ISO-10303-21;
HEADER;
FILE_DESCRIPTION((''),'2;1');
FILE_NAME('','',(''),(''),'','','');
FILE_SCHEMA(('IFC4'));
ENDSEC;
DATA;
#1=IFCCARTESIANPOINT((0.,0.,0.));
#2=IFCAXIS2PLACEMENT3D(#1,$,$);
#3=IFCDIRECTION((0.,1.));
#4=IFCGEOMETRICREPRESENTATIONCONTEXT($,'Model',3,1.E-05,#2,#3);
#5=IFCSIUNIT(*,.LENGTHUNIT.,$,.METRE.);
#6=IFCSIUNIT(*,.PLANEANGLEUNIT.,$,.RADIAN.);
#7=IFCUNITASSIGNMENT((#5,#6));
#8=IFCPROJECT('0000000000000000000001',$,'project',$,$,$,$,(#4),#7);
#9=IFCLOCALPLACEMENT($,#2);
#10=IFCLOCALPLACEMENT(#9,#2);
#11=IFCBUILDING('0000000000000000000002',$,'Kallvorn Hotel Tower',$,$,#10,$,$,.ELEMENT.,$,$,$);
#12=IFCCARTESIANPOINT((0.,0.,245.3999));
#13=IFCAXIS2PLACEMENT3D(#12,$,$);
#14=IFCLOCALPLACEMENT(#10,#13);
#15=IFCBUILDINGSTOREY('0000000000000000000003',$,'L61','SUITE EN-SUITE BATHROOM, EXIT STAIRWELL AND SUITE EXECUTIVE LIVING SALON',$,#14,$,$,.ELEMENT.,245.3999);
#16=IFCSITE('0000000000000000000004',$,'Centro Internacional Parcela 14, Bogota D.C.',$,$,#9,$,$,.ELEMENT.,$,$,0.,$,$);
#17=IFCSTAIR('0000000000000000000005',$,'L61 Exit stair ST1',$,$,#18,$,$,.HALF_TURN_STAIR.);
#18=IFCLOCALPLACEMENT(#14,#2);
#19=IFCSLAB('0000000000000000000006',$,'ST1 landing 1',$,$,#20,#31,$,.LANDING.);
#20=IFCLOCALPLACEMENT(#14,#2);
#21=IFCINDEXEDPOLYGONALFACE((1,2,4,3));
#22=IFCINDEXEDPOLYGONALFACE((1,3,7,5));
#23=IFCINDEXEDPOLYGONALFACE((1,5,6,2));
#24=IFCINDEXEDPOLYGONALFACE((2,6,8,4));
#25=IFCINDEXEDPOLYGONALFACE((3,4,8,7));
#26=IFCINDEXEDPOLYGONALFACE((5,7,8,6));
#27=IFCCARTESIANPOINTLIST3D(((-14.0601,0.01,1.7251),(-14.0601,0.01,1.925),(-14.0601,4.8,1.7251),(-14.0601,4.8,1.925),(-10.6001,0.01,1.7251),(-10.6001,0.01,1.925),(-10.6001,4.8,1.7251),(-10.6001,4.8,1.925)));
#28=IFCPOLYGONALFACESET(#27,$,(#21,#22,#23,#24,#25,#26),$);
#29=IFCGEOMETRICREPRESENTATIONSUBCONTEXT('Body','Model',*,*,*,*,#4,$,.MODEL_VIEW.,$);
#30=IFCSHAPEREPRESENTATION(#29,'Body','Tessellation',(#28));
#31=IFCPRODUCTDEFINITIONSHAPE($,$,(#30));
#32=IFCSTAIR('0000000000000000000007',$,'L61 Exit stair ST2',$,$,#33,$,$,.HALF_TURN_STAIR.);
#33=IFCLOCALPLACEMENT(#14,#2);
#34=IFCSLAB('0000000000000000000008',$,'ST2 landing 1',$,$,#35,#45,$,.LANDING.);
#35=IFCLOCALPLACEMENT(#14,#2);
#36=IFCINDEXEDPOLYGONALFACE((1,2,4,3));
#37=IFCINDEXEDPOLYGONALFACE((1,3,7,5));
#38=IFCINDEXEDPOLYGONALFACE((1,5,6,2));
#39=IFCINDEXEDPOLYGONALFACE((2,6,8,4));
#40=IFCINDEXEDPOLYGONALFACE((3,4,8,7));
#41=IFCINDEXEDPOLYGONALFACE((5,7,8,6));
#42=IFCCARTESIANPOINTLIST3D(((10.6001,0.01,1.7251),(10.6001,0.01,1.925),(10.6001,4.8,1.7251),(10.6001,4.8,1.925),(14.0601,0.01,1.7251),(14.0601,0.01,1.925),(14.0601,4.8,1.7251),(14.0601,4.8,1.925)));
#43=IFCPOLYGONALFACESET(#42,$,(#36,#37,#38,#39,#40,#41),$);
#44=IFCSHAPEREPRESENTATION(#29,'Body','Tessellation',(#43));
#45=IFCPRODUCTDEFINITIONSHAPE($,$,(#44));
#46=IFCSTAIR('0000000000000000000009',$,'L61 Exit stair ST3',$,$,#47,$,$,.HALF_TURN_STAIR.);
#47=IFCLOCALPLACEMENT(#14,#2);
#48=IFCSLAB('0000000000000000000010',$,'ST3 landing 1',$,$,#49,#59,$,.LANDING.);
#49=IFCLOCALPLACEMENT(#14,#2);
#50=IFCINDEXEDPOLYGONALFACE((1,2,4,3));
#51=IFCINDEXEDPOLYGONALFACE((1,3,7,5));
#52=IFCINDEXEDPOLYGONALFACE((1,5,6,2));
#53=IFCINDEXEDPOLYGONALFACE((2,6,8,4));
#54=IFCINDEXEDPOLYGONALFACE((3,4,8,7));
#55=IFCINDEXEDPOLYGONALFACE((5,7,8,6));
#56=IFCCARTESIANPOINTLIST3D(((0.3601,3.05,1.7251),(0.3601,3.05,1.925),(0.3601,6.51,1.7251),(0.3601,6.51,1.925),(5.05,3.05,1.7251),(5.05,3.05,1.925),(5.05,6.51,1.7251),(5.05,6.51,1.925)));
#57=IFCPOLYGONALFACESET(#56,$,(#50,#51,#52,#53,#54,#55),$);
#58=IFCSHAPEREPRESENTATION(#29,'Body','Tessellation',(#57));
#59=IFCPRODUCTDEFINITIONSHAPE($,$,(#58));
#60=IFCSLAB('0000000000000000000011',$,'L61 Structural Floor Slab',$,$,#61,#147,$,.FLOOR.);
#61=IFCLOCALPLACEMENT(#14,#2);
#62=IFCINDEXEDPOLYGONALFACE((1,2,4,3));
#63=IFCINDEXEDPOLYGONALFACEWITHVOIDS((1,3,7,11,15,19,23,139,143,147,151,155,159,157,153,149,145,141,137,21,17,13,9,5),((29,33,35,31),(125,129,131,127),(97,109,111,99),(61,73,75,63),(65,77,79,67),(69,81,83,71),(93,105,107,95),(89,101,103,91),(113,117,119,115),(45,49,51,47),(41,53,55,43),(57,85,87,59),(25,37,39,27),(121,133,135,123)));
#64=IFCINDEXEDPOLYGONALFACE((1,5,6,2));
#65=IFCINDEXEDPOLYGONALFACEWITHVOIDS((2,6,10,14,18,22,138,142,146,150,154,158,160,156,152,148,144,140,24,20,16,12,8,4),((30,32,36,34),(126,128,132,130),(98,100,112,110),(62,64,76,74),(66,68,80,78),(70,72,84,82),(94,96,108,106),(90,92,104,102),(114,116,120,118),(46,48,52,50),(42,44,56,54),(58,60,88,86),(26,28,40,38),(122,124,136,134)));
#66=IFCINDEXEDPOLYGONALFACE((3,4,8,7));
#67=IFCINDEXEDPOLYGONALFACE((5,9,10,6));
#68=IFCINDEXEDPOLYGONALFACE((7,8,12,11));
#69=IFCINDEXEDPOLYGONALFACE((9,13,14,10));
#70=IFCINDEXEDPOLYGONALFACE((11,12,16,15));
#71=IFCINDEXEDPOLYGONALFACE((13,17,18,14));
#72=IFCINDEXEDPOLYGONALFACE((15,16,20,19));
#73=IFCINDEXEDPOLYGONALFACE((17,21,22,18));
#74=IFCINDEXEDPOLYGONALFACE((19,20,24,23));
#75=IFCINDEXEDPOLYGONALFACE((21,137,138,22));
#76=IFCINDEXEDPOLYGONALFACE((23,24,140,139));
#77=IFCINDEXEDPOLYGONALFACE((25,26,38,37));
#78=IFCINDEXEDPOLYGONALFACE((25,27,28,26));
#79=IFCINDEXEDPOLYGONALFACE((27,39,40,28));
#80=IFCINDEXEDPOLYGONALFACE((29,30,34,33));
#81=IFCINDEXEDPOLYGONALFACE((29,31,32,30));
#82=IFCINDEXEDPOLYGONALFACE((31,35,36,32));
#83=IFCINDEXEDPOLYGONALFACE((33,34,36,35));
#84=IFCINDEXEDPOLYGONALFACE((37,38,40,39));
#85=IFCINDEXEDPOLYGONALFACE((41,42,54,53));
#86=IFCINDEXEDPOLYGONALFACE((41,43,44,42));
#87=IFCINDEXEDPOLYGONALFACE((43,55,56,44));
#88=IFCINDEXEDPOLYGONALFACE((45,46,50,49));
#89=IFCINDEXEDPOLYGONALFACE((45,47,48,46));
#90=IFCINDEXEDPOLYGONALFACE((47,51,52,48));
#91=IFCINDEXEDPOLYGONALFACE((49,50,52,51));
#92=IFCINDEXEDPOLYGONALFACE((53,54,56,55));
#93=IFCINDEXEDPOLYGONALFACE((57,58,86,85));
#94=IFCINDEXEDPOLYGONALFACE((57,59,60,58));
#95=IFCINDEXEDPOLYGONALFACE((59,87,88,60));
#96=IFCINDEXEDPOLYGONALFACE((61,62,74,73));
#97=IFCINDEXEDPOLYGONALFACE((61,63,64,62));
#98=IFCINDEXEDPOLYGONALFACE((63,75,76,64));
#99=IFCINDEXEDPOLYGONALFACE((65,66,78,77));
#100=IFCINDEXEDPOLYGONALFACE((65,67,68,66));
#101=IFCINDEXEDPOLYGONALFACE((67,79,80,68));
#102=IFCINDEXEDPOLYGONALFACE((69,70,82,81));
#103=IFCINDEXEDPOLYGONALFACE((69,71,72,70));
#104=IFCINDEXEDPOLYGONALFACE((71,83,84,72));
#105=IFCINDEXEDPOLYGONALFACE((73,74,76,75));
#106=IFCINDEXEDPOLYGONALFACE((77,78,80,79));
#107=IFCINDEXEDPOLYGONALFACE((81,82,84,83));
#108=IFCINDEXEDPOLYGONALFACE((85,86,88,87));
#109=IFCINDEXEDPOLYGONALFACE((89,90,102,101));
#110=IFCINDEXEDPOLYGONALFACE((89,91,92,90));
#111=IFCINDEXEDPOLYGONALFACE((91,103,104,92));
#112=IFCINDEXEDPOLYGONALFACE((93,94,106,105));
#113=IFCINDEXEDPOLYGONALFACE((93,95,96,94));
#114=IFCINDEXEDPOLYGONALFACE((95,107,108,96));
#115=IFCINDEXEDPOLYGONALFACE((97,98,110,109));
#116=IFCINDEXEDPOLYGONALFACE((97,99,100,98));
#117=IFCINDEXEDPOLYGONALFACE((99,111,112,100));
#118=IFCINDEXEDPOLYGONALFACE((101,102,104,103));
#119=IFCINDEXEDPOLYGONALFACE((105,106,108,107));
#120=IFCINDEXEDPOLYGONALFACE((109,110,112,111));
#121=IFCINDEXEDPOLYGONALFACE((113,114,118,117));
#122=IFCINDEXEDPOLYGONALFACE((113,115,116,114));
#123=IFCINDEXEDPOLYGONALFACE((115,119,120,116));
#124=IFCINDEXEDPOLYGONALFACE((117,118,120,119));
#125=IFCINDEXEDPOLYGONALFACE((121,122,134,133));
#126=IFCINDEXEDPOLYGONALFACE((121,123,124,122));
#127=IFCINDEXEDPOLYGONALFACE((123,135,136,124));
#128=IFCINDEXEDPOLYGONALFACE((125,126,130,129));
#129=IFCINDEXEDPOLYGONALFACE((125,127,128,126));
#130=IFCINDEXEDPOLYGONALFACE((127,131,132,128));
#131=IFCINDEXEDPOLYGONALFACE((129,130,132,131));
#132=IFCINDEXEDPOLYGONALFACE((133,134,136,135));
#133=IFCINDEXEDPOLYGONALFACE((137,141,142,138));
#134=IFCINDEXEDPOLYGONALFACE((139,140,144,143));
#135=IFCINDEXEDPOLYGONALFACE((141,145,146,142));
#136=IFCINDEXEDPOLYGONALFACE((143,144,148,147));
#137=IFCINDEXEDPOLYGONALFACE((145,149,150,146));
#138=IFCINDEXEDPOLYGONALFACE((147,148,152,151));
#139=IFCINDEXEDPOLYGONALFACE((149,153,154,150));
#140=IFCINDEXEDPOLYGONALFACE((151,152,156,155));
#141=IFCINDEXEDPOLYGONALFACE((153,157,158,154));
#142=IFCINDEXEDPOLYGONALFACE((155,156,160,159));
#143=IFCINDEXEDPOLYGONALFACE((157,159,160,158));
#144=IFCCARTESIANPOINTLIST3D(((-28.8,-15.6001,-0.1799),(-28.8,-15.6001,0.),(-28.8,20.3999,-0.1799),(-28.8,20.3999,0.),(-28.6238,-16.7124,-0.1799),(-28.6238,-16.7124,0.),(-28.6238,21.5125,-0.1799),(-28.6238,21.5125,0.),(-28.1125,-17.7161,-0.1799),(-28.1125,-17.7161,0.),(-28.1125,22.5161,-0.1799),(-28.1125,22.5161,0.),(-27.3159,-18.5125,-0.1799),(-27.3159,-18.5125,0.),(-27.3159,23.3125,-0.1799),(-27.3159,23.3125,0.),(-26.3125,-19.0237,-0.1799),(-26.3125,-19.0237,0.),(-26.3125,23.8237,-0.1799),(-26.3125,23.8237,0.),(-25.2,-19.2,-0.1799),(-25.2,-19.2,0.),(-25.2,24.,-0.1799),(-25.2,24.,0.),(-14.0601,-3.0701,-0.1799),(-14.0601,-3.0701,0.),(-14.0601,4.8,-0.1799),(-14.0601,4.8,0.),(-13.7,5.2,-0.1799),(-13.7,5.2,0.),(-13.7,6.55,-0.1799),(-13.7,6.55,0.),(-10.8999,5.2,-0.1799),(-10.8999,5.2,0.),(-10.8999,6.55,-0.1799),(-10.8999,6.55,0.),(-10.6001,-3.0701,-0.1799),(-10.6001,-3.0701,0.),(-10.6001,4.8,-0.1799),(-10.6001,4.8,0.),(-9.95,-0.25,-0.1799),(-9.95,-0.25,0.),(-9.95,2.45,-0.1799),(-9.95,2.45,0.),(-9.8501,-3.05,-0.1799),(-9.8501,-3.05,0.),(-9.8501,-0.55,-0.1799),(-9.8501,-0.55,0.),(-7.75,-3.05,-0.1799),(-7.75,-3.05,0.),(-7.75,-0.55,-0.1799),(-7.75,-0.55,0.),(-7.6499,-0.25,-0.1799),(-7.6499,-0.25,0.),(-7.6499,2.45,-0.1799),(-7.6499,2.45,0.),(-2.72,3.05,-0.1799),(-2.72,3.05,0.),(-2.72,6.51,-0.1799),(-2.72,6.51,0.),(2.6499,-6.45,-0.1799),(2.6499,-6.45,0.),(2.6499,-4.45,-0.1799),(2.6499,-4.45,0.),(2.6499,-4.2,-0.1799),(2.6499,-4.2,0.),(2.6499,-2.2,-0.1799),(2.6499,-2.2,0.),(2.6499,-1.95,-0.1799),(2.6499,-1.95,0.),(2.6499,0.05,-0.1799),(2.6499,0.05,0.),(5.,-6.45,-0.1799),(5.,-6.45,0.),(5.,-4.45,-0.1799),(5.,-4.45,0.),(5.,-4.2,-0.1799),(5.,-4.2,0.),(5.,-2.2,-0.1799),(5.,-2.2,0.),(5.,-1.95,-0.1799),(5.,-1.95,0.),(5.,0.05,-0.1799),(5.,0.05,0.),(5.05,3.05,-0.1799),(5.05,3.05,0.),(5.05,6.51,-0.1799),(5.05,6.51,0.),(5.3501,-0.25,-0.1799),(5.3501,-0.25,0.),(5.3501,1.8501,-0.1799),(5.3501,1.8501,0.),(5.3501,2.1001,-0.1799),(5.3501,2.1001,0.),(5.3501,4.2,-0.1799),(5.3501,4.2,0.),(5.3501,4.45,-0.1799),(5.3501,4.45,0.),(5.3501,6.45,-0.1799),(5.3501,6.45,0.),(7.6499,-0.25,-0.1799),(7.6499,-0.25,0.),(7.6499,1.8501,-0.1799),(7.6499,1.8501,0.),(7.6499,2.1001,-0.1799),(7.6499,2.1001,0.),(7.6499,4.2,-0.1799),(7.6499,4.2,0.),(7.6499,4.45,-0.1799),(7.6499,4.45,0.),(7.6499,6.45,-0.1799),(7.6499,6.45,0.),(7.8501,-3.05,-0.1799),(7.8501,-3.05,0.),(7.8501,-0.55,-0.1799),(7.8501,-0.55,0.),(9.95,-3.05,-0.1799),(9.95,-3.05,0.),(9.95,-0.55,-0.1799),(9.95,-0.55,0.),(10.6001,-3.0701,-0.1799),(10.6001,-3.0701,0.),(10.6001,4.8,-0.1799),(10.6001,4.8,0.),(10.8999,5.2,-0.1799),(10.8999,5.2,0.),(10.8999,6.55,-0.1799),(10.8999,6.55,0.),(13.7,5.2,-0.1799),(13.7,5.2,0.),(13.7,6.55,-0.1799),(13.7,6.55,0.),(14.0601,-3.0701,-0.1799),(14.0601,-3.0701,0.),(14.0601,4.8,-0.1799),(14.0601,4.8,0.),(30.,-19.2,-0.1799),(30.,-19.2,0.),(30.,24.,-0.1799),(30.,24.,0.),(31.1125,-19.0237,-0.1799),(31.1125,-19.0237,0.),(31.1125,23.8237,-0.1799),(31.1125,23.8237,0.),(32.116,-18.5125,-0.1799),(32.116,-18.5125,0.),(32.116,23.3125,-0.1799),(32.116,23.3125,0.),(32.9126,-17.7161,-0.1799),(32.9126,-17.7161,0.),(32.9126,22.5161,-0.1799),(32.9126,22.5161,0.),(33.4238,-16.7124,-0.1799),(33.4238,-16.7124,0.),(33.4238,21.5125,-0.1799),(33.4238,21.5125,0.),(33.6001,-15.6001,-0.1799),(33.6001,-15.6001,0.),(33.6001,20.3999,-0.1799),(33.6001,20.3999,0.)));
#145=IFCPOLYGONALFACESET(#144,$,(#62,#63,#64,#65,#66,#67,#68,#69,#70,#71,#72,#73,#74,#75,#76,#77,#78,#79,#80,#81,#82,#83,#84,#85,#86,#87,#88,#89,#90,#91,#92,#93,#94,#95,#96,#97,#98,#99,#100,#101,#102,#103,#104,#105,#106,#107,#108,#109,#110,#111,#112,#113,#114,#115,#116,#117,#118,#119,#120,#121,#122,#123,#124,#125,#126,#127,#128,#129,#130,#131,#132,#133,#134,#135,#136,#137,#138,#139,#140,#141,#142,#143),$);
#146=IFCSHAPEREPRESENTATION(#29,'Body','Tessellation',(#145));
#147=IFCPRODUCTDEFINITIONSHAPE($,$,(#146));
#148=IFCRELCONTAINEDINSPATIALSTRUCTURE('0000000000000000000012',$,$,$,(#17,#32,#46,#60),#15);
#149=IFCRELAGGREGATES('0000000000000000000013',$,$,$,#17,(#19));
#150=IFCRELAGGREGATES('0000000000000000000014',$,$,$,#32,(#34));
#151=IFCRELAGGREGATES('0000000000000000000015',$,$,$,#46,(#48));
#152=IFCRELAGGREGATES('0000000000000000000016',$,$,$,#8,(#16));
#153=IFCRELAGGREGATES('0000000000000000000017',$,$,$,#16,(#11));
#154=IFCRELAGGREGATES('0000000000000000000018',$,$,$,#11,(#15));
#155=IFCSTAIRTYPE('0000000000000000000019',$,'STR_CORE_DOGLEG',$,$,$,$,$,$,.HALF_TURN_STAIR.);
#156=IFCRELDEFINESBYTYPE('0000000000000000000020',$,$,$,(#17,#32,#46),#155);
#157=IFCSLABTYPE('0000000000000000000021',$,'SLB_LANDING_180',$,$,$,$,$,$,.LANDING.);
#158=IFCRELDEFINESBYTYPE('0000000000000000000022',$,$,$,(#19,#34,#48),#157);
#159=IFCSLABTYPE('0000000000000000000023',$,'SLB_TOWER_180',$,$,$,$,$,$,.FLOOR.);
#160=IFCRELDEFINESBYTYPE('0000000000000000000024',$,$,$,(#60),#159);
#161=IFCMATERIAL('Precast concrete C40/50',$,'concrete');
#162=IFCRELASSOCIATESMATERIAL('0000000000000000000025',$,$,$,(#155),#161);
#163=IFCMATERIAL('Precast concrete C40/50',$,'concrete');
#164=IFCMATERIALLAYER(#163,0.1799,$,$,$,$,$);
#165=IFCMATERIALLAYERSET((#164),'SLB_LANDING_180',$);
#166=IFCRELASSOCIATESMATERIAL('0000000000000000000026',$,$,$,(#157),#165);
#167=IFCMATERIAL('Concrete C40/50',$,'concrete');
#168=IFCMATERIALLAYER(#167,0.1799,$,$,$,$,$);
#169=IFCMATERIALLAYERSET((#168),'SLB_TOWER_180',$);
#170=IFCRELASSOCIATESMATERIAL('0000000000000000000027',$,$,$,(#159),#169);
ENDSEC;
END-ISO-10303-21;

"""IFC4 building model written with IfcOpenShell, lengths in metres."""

from ifc_helpers import new_model, si_unit, direction, frame, origin, place, context, subcontext, project, spatial, polyline, outline, extrude, material, layer, layer_set, type_object, element, aggregate, save


model = new_model("IFC4")

# Units and contexts
model_context = context("Model", 3, precision=1e-05, world=origin(), true_north=direction((0.0, 1.0)))
body_context = subcontext(model_context, "Body", "Model", "MODEL_VIEW")
ifc_project = project(units=[si_unit("LENGTHUNIT", "METRE"), si_unit("PLANEANGLEUNIT", "RADIAN")], contexts=[model_context])

# Site, building, storey
site_placement = place(None, origin())
site = spatial("IfcSite", under=ifc_project, at=site_placement, Name="Centro Internacional Parcela 14, Bogota D.C.", CompositionType="ELEMENT", RefElevation=0.0)
building_placement = place(site_placement, origin())
building = spatial("IfcBuilding", under=site, at=building_placement, Name="Kallvorn Hotel Tower", CompositionType="ELEMENT")
storey_placement = place(building_placement, frame((0.0, 0.0, 245.3999)))
storey = spatial("IfcBuildingStorey", under=building, at=storey_placement, Name="L61", Description="SUITE EN-SUITE BATHROOM, EXIT STAIRWELL AND SUITE EXECUTIVE LIVING SALON", CompositionType="ELEMENT", Elevation=245.3999)

# Stairs, slabs
ifc_material_1 = material(Name="Precast concrete C40/50", Category="concrete")
stair_type = type_object("IfcStairType", Name="STR_CORE_DOGLEG", PredefinedType="HALF_TURN_STAIR", material=ifc_material_1)
stair_1_placement = place(storey_placement, origin())
stair_1 = element("IfcStair", 1, at=stair_1_placement, inside=storey, type_object=stair_type, Name="L61 Exit stair ST1", PredefinedType="HALF_TURN_STAIR")
ifc_material_2 = material(Name="Precast concrete C40/50", Category="concrete")
ifc_layer_1 = layer(ifc_material_2, 0.1799)
ifc_layer_set_1 = layer_set([ifc_layer_1], Name="SLB_LANDING_180")
slab_type_1 = type_object("IfcSlabType", Name="SLB_LANDING_180", PredefinedType="LANDING", material=ifc_layer_set_1)
slab_1_placement = place(storey_placement, frame((0.0, 0.0, 1.7251)))
slab_1 = element("IfcSlab", 2, at=slab_1_placement, type_object=slab_type_1, Name="ST1 landing 1", PredefinedType="LANDING", context=body_context, shape_type="SweptSolid", body=[
    extrude(outline(polyline([(-10.6001, 0.01), (-10.6001, 4.8), (-14.0601, 4.8), (-14.0601, 0.01), (-10.6001, 0.01)])), origin(), (0.0, 0.0, 1.0), 0.2),
])
aggregate(stair_1, [slab_1])
stair_2_placement = place(storey_placement, origin())
stair_2 = element("IfcStair", 3, at=stair_2_placement, inside=storey, type_object=stair_type, Name="L61 Exit stair ST2", PredefinedType="HALF_TURN_STAIR")
slab_2_placement = place(storey_placement, frame((0.0, 0.0, 1.7251)))
slab_2 = element("IfcSlab", 4, at=slab_2_placement, type_object=slab_type_1, Name="ST2 landing 1", PredefinedType="LANDING", context=body_context, shape_type="SweptSolid", body=[
    extrude(outline(polyline([(14.0601, 0.01), (14.0601, 4.8), (10.6001, 4.8), (10.6001, 0.01), (14.0601, 0.01)])), origin(), (0.0, 0.0, 1.0), 0.2),
])
aggregate(stair_2, [slab_2])
stair_3_placement = place(storey_placement, origin())
stair_3 = element("IfcStair", 5, at=stair_3_placement, inside=storey, type_object=stair_type, Name="L61 Exit stair ST3", PredefinedType="HALF_TURN_STAIR")
slab_3_placement = place(storey_placement, frame((0.0, 0.0, 1.7251)))
slab_3 = element("IfcSlab", 6, at=slab_3_placement, type_object=slab_type_1, Name="ST3 landing 1", PredefinedType="LANDING", context=body_context, shape_type="SweptSolid", body=[
    extrude(outline(polyline([(0.3601, 3.05), (5.05, 3.05), (5.05, 6.51), (0.3601, 6.51), (0.3601, 3.05)])), origin(), (0.0, 0.0, 1.0), 0.2),
])
aggregate(stair_3, [slab_3])

# Slab
ifc_material_3 = material(Name="Concrete C40/50", Category="concrete")
ifc_layer_2 = layer(ifc_material_3, 0.1799)
ifc_layer_set_2 = layer_set([ifc_layer_2], Name="SLB_TOWER_180")
slab_type_2 = type_object("IfcSlabType", Name="SLB_TOWER_180", PredefinedType="FLOOR", material=ifc_layer_set_2)
slab_4_placement = place(storey_placement, frame((0.0, 0.0, -0.1799)))
element("IfcSlab", 7, at=slab_4_placement, inside=storey, type_object=slab_type_2, Name="L61 Structural Floor Slab", PredefinedType="FLOOR", context=body_context, shape_type="SweptSolid", body=[
    extrude(outline(polyline([(30.0, -19.2), (31.1125, -19.0237), (32.116, -18.5125), (32.9126, -17.7161), (33.4238, -16.7124), (33.6001, -15.6001), (33.6001, 20.3999), (33.4238, 21.5125), (32.9126, 22.5161), (32.116, 23.3125), (31.1125, 23.8237), (30.0, 24.0), (-25.2, 24.0), (-26.3125, 23.8237), (-27.3159, 23.3125), (-28.1125, 22.5161), (-28.6238, 21.5125), (-28.8, 20.3999), (-28.8, -15.6001), (-28.6238, -16.7124), (-28.1125, -17.7161), (-27.3159, -18.5125), (-26.3125, -19.0237), (-25.2, -19.2), (30.0, -19.2)]), holes=[polyline([(-10.6001, -3.0701), (-10.6001, 4.8), (-14.0601, 4.8), (-14.0601, -3.0701), (-10.6001, -3.0701)]), polyline([(14.0601, -3.0701), (14.0601, 4.8), (10.6001, 4.8), (10.6001, -3.0701), (14.0601, -3.0701)]), polyline([(-2.72, 3.05), (5.05, 3.05), (5.05, 6.51), (-2.72, 6.51), (-2.72, 3.05)]), polyline([(2.6499, -6.45), (5.0, -6.45), (5.0, -4.45), (2.6499, -4.45), (2.6499, -6.45)]), polyline([(2.6499, -4.2), (5.0, -4.2), (5.0, -2.2), (2.6499, -2.2), (2.6499, -4.2)]), polyline([(2.6499, -1.95), (5.0, -1.95), (5.0, 0.05), (2.6499, 0.05), (2.6499, -1.95)]), polyline([(5.3501, -0.25), (7.6499, -0.25), (7.6499, 1.8501), (5.3501, 1.8501), (5.3501, -0.25)]), polyline([(5.3501, 2.1001), (7.6499, 2.1001), (7.6499, 4.2), (5.3501, 4.2), (5.3501, 2.1001)]), polyline([(5.3501, 4.45), (7.6499, 4.45), (7.6499, 6.45), (5.3501, 6.45), (5.3501, 4.45)]), polyline([(-9.8501, -3.05), (-7.75, -3.05), (-7.75, -0.55), (-9.8501, -0.55), (-9.8501, -3.05)]), polyline([(7.8501, -3.05), (9.95, -3.05), (9.95, -0.55), (7.8501, -0.55), (7.8501, -3.05)]), polyline([(-9.95, -0.25), (-7.6499, -0.25), (-7.6499, 2.45), (-9.95, 2.45), (-9.95, -0.25)]), polyline([(-13.7, 5.2), (-10.8999, 5.2), (-10.8999, 6.55), (-13.7, 6.55), (-13.7, 5.2)]), polyline([(10.8999, 5.2), (13.7, 5.2), (13.7, 6.55), (10.8999, 6.55), (10.8999, 5.2)])]), origin(), (0.0, 0.0, 1.0), 0.1799),
])

save(model, "model.ifc")
